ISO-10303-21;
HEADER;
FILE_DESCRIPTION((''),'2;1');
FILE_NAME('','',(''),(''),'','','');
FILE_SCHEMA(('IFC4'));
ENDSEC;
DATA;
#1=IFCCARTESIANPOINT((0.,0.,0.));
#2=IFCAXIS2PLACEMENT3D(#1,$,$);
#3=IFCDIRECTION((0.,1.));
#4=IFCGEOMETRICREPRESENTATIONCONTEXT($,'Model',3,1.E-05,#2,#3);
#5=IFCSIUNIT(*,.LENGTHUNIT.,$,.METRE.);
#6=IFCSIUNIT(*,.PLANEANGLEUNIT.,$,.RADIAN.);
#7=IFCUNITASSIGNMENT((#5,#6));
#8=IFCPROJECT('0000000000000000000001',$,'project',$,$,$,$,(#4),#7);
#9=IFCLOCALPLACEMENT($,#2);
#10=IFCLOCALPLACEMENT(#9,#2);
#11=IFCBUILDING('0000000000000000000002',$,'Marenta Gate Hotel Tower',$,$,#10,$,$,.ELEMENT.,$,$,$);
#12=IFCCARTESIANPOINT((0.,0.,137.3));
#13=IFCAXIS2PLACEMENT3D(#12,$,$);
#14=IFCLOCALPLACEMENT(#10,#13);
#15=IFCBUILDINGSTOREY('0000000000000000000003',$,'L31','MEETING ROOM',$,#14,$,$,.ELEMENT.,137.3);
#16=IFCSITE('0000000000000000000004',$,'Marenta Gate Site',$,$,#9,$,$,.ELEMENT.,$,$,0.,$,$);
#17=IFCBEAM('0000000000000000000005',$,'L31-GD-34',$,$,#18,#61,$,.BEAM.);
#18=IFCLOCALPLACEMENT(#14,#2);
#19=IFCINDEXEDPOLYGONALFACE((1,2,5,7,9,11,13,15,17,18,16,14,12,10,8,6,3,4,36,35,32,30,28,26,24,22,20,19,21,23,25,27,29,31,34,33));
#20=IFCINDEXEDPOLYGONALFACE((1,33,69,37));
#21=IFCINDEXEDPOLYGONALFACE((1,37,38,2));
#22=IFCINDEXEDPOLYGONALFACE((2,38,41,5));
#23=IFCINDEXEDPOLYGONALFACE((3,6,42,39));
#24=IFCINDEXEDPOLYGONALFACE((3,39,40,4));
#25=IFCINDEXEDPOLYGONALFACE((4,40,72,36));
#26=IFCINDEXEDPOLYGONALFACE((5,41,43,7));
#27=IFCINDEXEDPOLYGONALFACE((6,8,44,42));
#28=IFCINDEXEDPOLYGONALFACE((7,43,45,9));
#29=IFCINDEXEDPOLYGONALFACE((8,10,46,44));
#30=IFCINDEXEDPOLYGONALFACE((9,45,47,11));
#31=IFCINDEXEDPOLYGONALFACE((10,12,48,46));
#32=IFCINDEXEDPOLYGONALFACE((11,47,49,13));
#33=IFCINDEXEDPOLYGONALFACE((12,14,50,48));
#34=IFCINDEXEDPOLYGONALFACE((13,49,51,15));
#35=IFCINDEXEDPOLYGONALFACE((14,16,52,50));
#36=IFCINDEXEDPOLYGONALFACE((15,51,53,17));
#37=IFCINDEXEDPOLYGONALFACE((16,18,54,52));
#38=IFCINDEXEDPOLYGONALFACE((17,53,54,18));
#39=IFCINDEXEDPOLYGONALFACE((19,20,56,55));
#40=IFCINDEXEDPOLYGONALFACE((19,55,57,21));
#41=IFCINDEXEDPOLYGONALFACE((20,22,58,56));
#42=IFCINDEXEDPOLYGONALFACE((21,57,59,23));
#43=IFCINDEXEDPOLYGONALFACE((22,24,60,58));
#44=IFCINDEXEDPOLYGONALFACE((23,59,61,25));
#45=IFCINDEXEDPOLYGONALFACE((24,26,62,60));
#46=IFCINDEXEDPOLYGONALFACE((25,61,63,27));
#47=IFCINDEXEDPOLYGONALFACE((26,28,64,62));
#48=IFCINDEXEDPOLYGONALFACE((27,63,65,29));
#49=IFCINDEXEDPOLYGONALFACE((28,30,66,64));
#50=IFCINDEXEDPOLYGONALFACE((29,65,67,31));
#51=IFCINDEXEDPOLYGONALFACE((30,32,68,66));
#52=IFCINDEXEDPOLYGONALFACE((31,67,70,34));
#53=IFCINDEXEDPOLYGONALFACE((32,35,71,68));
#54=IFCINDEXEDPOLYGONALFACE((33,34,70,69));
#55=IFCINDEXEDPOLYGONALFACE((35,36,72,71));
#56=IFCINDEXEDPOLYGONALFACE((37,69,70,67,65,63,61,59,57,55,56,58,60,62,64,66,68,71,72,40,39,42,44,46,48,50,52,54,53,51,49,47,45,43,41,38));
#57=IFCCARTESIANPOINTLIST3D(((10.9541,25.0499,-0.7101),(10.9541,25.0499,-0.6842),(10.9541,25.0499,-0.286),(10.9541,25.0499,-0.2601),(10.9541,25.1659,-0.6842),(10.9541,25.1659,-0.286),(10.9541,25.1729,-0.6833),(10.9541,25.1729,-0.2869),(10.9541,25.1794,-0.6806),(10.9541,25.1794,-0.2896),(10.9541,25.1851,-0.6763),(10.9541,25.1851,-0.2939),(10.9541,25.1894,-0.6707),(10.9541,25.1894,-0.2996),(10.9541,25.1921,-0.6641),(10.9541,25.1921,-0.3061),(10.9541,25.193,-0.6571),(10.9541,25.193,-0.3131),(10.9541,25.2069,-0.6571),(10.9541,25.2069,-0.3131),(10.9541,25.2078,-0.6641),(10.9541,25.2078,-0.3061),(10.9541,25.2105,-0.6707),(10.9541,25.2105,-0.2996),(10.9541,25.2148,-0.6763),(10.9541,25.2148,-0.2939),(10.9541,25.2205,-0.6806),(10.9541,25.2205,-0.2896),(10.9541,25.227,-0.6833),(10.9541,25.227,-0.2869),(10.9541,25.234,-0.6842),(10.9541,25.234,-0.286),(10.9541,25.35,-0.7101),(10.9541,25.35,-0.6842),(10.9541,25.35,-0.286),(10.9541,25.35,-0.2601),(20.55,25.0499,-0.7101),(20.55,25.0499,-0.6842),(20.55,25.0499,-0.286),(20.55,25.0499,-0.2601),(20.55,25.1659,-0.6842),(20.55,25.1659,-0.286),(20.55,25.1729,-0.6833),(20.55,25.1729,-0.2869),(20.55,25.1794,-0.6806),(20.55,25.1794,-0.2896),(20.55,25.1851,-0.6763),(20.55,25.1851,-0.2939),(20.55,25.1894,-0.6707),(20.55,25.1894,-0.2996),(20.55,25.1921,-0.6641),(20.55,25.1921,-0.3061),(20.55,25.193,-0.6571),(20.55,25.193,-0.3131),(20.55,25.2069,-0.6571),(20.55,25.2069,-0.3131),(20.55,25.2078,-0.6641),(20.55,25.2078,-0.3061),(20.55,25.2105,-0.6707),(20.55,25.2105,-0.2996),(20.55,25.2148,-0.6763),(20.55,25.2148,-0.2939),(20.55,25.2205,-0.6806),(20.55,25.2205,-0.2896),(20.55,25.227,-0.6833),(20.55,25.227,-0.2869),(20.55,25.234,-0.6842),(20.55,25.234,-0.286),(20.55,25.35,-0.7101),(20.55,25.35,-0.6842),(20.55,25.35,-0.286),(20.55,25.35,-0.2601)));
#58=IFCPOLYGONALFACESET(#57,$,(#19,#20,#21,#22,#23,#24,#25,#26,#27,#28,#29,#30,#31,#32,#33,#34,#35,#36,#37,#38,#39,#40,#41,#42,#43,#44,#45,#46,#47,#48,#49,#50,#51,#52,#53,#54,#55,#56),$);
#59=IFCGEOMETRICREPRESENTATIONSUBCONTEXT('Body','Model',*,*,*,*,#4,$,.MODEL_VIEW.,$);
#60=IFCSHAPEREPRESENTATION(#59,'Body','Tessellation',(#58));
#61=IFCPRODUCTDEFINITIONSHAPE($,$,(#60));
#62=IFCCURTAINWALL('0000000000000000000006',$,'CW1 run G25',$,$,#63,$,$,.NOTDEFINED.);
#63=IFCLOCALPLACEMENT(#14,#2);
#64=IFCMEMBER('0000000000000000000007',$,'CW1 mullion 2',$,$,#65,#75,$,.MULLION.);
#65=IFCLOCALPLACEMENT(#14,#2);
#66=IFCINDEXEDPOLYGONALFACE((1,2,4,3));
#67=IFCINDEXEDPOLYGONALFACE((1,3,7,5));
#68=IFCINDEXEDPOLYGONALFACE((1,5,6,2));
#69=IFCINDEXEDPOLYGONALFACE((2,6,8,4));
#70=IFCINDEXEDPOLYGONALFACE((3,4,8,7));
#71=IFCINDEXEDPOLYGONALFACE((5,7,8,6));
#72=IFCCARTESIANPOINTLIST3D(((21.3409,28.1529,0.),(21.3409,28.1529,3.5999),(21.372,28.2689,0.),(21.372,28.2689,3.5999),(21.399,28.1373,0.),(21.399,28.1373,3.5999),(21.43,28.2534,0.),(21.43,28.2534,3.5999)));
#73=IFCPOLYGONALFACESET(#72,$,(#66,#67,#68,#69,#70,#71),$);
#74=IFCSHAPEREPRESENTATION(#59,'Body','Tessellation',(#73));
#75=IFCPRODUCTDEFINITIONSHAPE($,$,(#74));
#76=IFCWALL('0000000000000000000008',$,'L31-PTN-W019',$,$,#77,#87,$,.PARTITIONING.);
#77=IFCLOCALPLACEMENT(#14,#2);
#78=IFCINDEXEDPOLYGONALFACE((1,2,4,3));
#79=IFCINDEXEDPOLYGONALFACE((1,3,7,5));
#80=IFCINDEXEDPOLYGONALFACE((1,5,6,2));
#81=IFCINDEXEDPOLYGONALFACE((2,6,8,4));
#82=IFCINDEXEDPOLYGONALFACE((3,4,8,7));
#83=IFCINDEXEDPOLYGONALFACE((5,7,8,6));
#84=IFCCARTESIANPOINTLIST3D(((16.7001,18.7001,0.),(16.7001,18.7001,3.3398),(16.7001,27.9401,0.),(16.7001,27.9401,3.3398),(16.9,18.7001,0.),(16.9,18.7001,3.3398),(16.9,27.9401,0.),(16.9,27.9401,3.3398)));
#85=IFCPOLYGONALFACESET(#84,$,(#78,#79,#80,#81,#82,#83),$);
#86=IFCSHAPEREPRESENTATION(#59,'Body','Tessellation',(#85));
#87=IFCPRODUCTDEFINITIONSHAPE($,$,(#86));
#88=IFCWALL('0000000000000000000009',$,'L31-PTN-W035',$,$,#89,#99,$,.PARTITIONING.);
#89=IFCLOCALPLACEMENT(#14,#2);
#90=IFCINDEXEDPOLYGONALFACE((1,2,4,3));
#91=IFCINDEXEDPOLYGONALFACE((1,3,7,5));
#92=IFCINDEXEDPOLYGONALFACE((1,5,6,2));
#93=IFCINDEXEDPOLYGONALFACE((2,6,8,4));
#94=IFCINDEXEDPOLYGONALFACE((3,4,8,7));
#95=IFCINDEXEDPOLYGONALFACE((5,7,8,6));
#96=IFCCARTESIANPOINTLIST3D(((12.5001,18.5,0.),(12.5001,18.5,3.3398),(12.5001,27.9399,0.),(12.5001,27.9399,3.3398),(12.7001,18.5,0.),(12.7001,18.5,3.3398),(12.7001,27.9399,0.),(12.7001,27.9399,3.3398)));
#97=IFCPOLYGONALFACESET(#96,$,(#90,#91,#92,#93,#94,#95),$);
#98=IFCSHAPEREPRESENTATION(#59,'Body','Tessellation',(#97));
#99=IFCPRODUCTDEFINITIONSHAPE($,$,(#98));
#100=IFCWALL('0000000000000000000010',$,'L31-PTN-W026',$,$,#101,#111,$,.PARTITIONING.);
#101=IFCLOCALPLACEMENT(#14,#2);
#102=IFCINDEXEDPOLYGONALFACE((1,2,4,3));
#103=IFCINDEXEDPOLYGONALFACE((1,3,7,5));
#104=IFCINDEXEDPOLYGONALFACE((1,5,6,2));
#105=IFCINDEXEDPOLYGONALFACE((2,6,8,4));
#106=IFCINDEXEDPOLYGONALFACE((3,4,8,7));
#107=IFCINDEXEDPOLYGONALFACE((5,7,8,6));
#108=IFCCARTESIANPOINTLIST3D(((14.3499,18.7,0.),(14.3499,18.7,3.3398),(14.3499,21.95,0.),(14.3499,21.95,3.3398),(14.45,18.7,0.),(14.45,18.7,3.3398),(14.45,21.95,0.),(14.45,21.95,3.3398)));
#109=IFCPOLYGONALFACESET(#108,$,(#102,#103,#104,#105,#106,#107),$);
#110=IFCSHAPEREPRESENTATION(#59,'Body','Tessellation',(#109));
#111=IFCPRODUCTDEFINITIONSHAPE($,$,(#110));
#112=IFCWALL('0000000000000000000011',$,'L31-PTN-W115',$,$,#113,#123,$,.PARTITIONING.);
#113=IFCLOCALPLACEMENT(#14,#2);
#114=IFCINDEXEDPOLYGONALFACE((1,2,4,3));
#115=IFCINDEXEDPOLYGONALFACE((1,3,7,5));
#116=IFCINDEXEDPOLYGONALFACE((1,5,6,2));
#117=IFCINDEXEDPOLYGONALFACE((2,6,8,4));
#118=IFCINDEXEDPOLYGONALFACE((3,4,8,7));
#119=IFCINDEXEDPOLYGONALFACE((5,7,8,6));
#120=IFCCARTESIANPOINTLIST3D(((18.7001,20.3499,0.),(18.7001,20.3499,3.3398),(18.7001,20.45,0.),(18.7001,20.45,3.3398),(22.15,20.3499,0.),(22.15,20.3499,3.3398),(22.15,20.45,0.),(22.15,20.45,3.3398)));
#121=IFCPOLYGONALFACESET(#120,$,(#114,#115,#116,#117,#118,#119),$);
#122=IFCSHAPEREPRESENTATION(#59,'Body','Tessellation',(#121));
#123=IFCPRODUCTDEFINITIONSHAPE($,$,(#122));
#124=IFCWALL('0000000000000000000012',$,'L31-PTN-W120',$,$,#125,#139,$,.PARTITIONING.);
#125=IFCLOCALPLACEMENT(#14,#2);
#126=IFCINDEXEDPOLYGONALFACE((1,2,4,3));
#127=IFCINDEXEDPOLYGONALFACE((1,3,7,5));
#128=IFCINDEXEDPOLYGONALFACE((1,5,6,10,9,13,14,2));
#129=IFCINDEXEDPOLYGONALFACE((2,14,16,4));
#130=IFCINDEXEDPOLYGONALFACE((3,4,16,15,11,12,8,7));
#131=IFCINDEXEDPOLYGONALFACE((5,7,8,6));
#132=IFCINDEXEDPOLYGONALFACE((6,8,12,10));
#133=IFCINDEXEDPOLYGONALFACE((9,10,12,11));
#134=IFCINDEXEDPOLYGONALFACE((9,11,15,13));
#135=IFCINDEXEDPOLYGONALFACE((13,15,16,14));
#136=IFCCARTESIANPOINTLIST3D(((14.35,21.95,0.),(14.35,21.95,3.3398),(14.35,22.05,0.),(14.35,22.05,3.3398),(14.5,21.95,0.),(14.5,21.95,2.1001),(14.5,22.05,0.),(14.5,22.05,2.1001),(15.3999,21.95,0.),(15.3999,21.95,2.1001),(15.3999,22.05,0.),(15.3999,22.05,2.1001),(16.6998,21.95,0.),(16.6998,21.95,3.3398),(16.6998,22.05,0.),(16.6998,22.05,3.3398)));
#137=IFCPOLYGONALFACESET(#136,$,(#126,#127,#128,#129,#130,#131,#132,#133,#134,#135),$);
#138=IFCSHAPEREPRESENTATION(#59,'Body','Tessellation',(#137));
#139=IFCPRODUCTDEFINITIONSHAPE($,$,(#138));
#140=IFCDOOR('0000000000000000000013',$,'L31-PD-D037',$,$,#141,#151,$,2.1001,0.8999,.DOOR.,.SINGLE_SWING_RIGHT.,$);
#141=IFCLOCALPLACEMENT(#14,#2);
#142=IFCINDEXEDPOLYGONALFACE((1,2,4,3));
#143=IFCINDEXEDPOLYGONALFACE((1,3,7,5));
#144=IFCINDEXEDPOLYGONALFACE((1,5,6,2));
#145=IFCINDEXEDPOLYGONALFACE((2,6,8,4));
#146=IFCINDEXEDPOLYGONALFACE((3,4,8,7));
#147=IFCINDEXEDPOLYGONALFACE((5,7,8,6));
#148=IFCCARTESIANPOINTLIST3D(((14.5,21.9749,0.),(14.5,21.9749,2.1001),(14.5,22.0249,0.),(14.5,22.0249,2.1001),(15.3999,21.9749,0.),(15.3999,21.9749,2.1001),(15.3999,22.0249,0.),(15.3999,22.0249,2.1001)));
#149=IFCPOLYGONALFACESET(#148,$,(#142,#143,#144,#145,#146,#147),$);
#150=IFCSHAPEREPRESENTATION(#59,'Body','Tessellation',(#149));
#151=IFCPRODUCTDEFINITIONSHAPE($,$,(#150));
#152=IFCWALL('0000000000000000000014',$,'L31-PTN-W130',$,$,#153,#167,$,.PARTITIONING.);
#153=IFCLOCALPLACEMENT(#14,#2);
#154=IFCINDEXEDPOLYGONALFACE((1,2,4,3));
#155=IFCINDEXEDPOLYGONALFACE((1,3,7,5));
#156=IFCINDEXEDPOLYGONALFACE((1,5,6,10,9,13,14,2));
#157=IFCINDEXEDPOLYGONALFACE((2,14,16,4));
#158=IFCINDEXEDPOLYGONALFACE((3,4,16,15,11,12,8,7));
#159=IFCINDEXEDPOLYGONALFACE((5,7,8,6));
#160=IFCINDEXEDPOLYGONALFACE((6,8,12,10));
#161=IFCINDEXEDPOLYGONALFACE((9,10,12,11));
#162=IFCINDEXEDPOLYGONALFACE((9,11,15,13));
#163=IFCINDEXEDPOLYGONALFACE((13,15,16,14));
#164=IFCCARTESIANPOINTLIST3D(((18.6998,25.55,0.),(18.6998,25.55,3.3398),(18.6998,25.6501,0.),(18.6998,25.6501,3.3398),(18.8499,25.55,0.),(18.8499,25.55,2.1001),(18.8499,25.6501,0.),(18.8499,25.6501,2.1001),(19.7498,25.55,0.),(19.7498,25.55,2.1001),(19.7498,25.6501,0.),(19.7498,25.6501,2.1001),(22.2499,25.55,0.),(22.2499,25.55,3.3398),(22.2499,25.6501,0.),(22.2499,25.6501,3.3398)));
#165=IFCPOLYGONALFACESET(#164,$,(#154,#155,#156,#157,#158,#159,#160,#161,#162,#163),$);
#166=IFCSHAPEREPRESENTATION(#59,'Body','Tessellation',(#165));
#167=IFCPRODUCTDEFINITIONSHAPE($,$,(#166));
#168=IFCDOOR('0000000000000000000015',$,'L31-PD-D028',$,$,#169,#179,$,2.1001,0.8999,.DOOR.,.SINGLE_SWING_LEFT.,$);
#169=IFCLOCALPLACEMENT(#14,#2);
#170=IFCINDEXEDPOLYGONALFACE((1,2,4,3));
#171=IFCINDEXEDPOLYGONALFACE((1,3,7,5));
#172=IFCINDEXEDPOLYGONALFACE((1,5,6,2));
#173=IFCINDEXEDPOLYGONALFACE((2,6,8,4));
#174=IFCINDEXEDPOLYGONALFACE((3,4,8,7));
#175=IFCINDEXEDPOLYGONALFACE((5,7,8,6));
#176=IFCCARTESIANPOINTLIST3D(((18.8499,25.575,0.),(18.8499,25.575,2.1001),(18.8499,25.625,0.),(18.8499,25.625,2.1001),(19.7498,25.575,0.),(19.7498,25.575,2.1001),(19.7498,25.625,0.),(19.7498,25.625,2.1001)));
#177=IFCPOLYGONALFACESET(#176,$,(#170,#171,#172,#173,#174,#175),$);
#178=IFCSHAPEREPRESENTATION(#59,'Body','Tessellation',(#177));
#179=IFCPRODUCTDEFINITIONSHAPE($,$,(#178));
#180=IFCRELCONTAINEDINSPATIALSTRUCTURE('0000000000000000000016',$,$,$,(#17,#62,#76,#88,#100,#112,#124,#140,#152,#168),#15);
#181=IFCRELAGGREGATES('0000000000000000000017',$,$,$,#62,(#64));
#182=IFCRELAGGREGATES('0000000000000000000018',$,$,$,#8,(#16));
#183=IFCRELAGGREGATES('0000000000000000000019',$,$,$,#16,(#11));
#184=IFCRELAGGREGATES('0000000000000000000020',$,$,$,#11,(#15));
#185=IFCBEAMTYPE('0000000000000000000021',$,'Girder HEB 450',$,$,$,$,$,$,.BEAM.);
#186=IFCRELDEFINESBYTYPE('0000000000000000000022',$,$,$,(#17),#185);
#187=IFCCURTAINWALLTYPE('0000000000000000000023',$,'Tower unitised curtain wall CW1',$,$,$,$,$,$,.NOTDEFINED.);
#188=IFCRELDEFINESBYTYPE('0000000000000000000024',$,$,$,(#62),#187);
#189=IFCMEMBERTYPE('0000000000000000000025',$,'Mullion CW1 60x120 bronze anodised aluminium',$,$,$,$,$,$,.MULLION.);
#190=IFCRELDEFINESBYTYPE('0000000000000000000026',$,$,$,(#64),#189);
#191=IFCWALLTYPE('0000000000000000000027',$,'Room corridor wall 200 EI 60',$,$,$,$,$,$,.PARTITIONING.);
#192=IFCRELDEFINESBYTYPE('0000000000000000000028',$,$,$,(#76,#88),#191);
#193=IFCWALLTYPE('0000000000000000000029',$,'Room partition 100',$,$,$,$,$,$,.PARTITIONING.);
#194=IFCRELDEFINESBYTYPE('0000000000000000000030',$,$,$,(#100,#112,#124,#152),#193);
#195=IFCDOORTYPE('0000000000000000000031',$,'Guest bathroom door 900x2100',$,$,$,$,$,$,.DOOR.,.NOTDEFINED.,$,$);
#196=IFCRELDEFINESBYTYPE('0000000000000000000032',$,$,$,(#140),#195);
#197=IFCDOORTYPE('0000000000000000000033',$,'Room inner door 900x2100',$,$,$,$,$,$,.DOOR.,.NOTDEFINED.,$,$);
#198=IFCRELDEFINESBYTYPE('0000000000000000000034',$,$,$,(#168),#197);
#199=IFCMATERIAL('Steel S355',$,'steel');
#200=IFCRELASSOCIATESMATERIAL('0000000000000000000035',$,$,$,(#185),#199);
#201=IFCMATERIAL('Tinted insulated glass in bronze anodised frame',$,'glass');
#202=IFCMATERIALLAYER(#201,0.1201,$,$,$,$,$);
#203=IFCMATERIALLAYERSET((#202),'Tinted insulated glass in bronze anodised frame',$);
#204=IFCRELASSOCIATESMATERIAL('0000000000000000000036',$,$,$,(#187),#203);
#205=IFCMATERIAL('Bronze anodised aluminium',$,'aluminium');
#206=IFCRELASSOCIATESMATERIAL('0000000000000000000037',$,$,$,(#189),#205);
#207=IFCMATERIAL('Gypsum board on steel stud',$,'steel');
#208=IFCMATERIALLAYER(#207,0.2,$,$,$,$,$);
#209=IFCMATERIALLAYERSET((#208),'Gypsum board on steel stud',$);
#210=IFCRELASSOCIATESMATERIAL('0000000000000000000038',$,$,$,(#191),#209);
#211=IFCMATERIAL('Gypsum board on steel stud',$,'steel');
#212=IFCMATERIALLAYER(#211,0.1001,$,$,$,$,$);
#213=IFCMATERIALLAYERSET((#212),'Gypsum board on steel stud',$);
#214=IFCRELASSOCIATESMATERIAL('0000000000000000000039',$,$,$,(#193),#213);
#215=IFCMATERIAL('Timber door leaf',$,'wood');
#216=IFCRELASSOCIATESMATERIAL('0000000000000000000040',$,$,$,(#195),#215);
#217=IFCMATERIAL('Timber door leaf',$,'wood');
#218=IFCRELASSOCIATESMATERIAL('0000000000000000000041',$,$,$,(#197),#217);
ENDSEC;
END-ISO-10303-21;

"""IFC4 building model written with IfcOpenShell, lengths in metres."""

from ifc_helpers import new_model, si_unit, direction, frame, frame_2d, origin, origin_2d, place, context, subcontext, project, spatial, rectangle, i_section, extrude, material, layer, layer_set, material_profile, profile_set, type_object, element, fill, aggregate, save


model = new_model("IFC4")

# Units and contexts
model_context = context("Model", 3, precision=1e-05, world=origin(), true_north=direction((0.0, 1.0)))
body_context = subcontext(model_context, "Body", "Model", "MODEL_VIEW")
ifc_project = project(units=[si_unit("LENGTHUNIT", "METRE"), si_unit("PLANEANGLEUNIT", "RADIAN")], contexts=[model_context])

# Site, building, storey
site_placement = place(None, origin())
site = spatial("IfcSite", under=ifc_project, at=site_placement, Name="Marenta Gate Site", CompositionType="ELEMENT", RefElevation=0.0)
building_placement = place(site_placement, origin())
building = spatial("IfcBuilding", under=site, at=building_placement, Name="Marenta Gate Hotel Tower", CompositionType="ELEMENT")
storey_placement = place(building_placement, frame((0.0, 0.0, 137.3)))
storey = spatial("IfcBuildingStorey", under=building, at=storey_placement, Name="L31", Description="MEETING ROOM", CompositionType="ELEMENT", Elevation=137.3)

# Beam
ifc_material_1 = material(Name="Steel S355", Category="steel")
ifc_material_profile_1 = material_profile(ifc_material_1, i_section(OverallWidth=0.3, OverallDepth=0.45, WebThickness=0.0139, FlangeThickness=0.0259, FilletRadius=0.0271, at=origin_2d()), Name="HEB 450")
ifc_profile_set_1 = profile_set([ifc_material_profile_1], Name="Steel S355")
beam_type_1 = type_object("IfcBeamType", Name="Girder HEB 450", PredefinedType="BEAM", material=ifc_profile_set_1)
beam_1_placement = place(storey_placement, frame((10.9541, 25.2, -0.4851), z_axis=(1.0, 0.0, 0.0), x_axis=(0.0, 1.0, 0.0)))
element("IfcBeam", 1, at=beam_1_placement, inside=storey, type_object=beam_type_1, Name="L31-GD-34", PredefinedType="BEAM", context=body_context, shape_type="SweptSolid", body=[
    extrude(i_section(OverallWidth=0.3, OverallDepth=0.45, WebThickness=0.0139, FlangeThickness=0.0259, FilletRadius=0.0271, at=origin_2d()), origin(), (0.0, 0.0, 1.0), 9.5959),
])

# Curtain wall, member
ifc_material_2 = material(Name="Tinted insulated glass in bronze anodised frame", Category="glass")
ifc_layer_1 = layer(ifc_material_2, 0.1201)
ifc_layer_set_1 = layer_set([ifc_layer_1], Name="Tinted insulated glass in bronze anodised frame")
curtain_wall_type = type_object("IfcCurtainWallType", Name="Tower unitised curtain wall CW1", PredefinedType="NOTDEFINED", material=ifc_layer_set_1)
curtain_wall_placement = place(storey_placement, origin())
curtain_wall = element("IfcCurtainWall", 2, at=curtain_wall_placement, inside=storey, type_object=curtain_wall_type, Name="CW1 run G25", PredefinedType="NOTDEFINED")
ifc_material_3 = material(Name="Bronze anodised aluminium", Category="aluminium")
ifc_material_profile_2 = material_profile(ifc_material_3, rectangle(XDim=0.1201, YDim=0.0601, at=origin_2d()), Name="Mullion CW1 60x120 bronze anodised aluminium")
ifc_profile_set_2 = profile_set([ifc_material_profile_2], Name="Bronze anodised aluminium")
member_type = type_object("IfcMemberType", Name="Mullion CW1 60x120 bronze anodised aluminium", PredefinedType="MULLION", material=ifc_profile_set_2)
member_placement = place(storey_placement, frame((21.3855, 28.2031, 0.0), z_axis=(0.0, 0.0, 1.0), x_axis=(-0.258806, -0.965929, 0.0)))
member = element("IfcMember", 3, at=member_placement, type_object=member_type, Name="CW1 mullion 2", PredefinedType="MULLION", context=body_context, shape_type="SweptSolid", body=[
    extrude(rectangle(XDim=0.1201, YDim=0.0601, at=origin_2d()), origin(), (0.0, 0.0, 1.0), 3.5999),
])
aggregate(curtain_wall, [member])

# Walls
ifc_material_4 = material(Name="Gypsum board on steel stud", Category="steel")
ifc_layer_2 = layer(ifc_material_4, 0.2)
ifc_layer_set_2 = layer_set([ifc_layer_2], Name="Gypsum board on steel stud")
wall_type_1 = type_object("IfcWallType", Name="Room corridor wall 200 EI 60", PredefinedType="PARTITIONING", material=ifc_layer_set_2)
wall_1_placement = place(storey_placement, frame((16.8, 18.7, 0.0), z_axis=(0.0, 0.0, 1.0), x_axis=(0.0, 1.0, 0.0)))
element("IfcWall", 4, at=wall_1_placement, inside=storey, type_object=wall_type_1, Name="L31-PTN-W019", PredefinedType="PARTITIONING", context=body_context, shape_type="SweptSolid", body=[
    extrude(rectangle(XDim=9.24, YDim=0.2, at=frame_2d((4.6201, 0.0))), origin(), (0.0, 0.0, 1.0), 3.3398),
])
wall_2_placement = place(storey_placement, frame((12.6001, 18.5, 0.0), z_axis=(0.0, 0.0, 1.0), x_axis=(0.0, 1.0, 0.0)))
element("IfcWall", 5, at=wall_2_placement, inside=storey, type_object=wall_type_1, Name="L31-PTN-W035", PredefinedType="PARTITIONING", context=body_context, shape_type="SweptSolid", body=[
    extrude(rectangle(XDim=9.4399, YDim=0.2, at=frame_2d((4.72, 0.0))), origin(), (0.0, 0.0, 1.0), 3.3398),
])

# Walls
ifc_material_5 = material(Name="Gypsum board on steel stud", Category="steel")
ifc_layer_3 = layer(ifc_material_5, 0.1001)
ifc_layer_set_3 = layer_set([ifc_layer_3], Name="Gypsum board on steel stud")
wall_type_2 = type_object("IfcWallType", Name="Room partition 100", PredefinedType="PARTITIONING", material=ifc_layer_set_3)
wall_3_placement = place(storey_placement, frame((14.3999, 18.7, 0.0), z_axis=(0.0, 0.0, 1.0), x_axis=(0.0, 1.0, 0.0)))
element("IfcWall", 6, at=wall_3_placement, inside=storey, type_object=wall_type_2, Name="L31-PTN-W026", PredefinedType="PARTITIONING", context=body_context, shape_type="SweptSolid", body=[
    extrude(rectangle(XDim=3.25, YDim=0.1001, at=frame_2d((1.625, 0.0))), origin(), (0.0, 0.0, 1.0), 3.3398),
])
wall_4_placement = place(storey_placement, frame((18.7, 20.3999, 0.0), z_axis=(0.0, 0.0, 1.0), x_axis=(1.0, 0.0, 0.0)))
element("IfcWall", 7, at=wall_4_placement, inside=storey, type_object=wall_type_2, Name="L31-PTN-W115", PredefinedType="PARTITIONING", context=body_context, shape_type="SweptSolid", body=[
    extrude(rectangle(XDim=3.45, YDim=0.1001, at=frame_2d((1.7251, 0.0))), origin(), (0.0, 0.0, 1.0), 3.3398),
])

# Walls, openings, doors
wall_5_placement = place(storey_placement, frame((14.3501, 22.0, 0.0), z_axis=(0.0, 0.0, 1.0), x_axis=(1.0, 0.0, 0.0)))
wall_5 = element("IfcWall", 8, at=wall_5_placement, inside=storey, type_object=wall_type_2, Name="L31-PTN-W120", PredefinedType="PARTITIONING", context=body_context, shape_type="SweptSolid", body=[
    extrude(rectangle(XDim=2.3499, YDim=0.1001, at=frame_2d((1.1748, 0.0))), origin(), (0.0, 0.0, 1.0), 3.3398),
])
opening_1_placement = place(wall_5_placement, frame((0.1499, 0.0, 0.0)))
opening_1 = element("IfcOpeningElement", 9, at=opening_1_placement, cuts=wall_5, PredefinedType="OPENING", context=body_context, shape_type="SweptSolid", body=[
    extrude(rectangle(XDim=0.8999, YDim=2.1001, at=frame_2d((0.45, 1.05))), frame((0.0, 0.05, 0.0), z_axis=(0.0, -1.0, 0.0), x_axis=(1.0, 0.0, 0.0)), (0.0, 0.0, 1.0), 0.1001),
])
ifc_material_6 = material(Name="Timber door leaf", Category="wood")
door_type_1 = type_object("IfcDoorType", Name="Guest bathroom door 900x2100", OperationType="NOTDEFINED", PredefinedType="DOOR", material=ifc_material_6)
door_1_placement = place(opening_1_placement, origin())
door_1 = element("IfcDoor", 10, at=door_1_placement, inside=storey, type_object=door_type_1, Name="L31-PD-D037", OperationType="SINGLE_SWING_RIGHT", OverallHeight=2.1001, OverallWidth=0.8999, PredefinedType="DOOR", context=body_context, shape_type="SweptSolid", body=[
    extrude(rectangle(XDim=0.8999, YDim=2.1001, at=frame_2d((0.45, 1.05))), frame((0.0, 0.0249, 0.0), z_axis=(0.0, -1.0, 0.0), x_axis=(1.0, 0.0, 0.0)), (0.0, 0.0, 1.0), 0.05),
])
fill(opening_1, door_1)
wall_6_placement = place(storey_placement, frame((18.7, 25.6001, 0.0), z_axis=(0.0, 0.0, 1.0), x_axis=(1.0, 0.0, 0.0)))
wall_6 = element("IfcWall", 11, at=wall_6_placement, inside=storey, type_object=wall_type_2, Name="L31-PTN-W130", PredefinedType="PARTITIONING", context=body_context, shape_type="SweptSolid", body=[
    extrude(rectangle(XDim=3.55, YDim=0.1001, at=frame_2d((1.7749, 0.0))), origin(), (0.0, 0.0, 1.0), 3.3398),
])
opening_2_placement = place(wall_6_placement, frame((0.1499, 0.0, 0.0)))
opening_2 = element("IfcOpeningElement", 12, at=opening_2_placement, cuts=wall_6, PredefinedType="OPENING", context=body_context, shape_type="SweptSolid", body=[
    extrude(rectangle(XDim=0.8999, YDim=2.1001, at=frame_2d((0.45, 1.05))), frame((0.0, 0.05, 0.0), z_axis=(0.0, -1.0, 0.0), x_axis=(1.0, 0.0, 0.0)), (0.0, 0.0, 1.0), 0.1001),
])
ifc_material_7 = material(Name="Timber door leaf", Category="wood")
door_type_2 = type_object("IfcDoorType", Name="Room inner door 900x2100", OperationType="NOTDEFINED", PredefinedType="DOOR", material=ifc_material_7)
door_2_placement = place(opening_2_placement, origin())
door_2 = element("IfcDoor", 13, at=door_2_placement, inside=storey, type_object=door_type_2, Name="L31-PD-D028", OperationType="SINGLE_SWING_LEFT", OverallHeight=2.1001, OverallWidth=0.8999, PredefinedType="DOOR", context=body_context, shape_type="SweptSolid", body=[
    extrude(rectangle(XDim=0.8999, YDim=2.1001, at=frame_2d((0.45, 1.05))), frame((0.0, 0.0249, 0.0), z_axis=(0.0, -1.0, 0.0), x_axis=(1.0, 0.0, 0.0)), (0.0, 0.0, 1.0), 0.05),
])
fill(opening_2, door_2)

save(model, "model.ifc")
